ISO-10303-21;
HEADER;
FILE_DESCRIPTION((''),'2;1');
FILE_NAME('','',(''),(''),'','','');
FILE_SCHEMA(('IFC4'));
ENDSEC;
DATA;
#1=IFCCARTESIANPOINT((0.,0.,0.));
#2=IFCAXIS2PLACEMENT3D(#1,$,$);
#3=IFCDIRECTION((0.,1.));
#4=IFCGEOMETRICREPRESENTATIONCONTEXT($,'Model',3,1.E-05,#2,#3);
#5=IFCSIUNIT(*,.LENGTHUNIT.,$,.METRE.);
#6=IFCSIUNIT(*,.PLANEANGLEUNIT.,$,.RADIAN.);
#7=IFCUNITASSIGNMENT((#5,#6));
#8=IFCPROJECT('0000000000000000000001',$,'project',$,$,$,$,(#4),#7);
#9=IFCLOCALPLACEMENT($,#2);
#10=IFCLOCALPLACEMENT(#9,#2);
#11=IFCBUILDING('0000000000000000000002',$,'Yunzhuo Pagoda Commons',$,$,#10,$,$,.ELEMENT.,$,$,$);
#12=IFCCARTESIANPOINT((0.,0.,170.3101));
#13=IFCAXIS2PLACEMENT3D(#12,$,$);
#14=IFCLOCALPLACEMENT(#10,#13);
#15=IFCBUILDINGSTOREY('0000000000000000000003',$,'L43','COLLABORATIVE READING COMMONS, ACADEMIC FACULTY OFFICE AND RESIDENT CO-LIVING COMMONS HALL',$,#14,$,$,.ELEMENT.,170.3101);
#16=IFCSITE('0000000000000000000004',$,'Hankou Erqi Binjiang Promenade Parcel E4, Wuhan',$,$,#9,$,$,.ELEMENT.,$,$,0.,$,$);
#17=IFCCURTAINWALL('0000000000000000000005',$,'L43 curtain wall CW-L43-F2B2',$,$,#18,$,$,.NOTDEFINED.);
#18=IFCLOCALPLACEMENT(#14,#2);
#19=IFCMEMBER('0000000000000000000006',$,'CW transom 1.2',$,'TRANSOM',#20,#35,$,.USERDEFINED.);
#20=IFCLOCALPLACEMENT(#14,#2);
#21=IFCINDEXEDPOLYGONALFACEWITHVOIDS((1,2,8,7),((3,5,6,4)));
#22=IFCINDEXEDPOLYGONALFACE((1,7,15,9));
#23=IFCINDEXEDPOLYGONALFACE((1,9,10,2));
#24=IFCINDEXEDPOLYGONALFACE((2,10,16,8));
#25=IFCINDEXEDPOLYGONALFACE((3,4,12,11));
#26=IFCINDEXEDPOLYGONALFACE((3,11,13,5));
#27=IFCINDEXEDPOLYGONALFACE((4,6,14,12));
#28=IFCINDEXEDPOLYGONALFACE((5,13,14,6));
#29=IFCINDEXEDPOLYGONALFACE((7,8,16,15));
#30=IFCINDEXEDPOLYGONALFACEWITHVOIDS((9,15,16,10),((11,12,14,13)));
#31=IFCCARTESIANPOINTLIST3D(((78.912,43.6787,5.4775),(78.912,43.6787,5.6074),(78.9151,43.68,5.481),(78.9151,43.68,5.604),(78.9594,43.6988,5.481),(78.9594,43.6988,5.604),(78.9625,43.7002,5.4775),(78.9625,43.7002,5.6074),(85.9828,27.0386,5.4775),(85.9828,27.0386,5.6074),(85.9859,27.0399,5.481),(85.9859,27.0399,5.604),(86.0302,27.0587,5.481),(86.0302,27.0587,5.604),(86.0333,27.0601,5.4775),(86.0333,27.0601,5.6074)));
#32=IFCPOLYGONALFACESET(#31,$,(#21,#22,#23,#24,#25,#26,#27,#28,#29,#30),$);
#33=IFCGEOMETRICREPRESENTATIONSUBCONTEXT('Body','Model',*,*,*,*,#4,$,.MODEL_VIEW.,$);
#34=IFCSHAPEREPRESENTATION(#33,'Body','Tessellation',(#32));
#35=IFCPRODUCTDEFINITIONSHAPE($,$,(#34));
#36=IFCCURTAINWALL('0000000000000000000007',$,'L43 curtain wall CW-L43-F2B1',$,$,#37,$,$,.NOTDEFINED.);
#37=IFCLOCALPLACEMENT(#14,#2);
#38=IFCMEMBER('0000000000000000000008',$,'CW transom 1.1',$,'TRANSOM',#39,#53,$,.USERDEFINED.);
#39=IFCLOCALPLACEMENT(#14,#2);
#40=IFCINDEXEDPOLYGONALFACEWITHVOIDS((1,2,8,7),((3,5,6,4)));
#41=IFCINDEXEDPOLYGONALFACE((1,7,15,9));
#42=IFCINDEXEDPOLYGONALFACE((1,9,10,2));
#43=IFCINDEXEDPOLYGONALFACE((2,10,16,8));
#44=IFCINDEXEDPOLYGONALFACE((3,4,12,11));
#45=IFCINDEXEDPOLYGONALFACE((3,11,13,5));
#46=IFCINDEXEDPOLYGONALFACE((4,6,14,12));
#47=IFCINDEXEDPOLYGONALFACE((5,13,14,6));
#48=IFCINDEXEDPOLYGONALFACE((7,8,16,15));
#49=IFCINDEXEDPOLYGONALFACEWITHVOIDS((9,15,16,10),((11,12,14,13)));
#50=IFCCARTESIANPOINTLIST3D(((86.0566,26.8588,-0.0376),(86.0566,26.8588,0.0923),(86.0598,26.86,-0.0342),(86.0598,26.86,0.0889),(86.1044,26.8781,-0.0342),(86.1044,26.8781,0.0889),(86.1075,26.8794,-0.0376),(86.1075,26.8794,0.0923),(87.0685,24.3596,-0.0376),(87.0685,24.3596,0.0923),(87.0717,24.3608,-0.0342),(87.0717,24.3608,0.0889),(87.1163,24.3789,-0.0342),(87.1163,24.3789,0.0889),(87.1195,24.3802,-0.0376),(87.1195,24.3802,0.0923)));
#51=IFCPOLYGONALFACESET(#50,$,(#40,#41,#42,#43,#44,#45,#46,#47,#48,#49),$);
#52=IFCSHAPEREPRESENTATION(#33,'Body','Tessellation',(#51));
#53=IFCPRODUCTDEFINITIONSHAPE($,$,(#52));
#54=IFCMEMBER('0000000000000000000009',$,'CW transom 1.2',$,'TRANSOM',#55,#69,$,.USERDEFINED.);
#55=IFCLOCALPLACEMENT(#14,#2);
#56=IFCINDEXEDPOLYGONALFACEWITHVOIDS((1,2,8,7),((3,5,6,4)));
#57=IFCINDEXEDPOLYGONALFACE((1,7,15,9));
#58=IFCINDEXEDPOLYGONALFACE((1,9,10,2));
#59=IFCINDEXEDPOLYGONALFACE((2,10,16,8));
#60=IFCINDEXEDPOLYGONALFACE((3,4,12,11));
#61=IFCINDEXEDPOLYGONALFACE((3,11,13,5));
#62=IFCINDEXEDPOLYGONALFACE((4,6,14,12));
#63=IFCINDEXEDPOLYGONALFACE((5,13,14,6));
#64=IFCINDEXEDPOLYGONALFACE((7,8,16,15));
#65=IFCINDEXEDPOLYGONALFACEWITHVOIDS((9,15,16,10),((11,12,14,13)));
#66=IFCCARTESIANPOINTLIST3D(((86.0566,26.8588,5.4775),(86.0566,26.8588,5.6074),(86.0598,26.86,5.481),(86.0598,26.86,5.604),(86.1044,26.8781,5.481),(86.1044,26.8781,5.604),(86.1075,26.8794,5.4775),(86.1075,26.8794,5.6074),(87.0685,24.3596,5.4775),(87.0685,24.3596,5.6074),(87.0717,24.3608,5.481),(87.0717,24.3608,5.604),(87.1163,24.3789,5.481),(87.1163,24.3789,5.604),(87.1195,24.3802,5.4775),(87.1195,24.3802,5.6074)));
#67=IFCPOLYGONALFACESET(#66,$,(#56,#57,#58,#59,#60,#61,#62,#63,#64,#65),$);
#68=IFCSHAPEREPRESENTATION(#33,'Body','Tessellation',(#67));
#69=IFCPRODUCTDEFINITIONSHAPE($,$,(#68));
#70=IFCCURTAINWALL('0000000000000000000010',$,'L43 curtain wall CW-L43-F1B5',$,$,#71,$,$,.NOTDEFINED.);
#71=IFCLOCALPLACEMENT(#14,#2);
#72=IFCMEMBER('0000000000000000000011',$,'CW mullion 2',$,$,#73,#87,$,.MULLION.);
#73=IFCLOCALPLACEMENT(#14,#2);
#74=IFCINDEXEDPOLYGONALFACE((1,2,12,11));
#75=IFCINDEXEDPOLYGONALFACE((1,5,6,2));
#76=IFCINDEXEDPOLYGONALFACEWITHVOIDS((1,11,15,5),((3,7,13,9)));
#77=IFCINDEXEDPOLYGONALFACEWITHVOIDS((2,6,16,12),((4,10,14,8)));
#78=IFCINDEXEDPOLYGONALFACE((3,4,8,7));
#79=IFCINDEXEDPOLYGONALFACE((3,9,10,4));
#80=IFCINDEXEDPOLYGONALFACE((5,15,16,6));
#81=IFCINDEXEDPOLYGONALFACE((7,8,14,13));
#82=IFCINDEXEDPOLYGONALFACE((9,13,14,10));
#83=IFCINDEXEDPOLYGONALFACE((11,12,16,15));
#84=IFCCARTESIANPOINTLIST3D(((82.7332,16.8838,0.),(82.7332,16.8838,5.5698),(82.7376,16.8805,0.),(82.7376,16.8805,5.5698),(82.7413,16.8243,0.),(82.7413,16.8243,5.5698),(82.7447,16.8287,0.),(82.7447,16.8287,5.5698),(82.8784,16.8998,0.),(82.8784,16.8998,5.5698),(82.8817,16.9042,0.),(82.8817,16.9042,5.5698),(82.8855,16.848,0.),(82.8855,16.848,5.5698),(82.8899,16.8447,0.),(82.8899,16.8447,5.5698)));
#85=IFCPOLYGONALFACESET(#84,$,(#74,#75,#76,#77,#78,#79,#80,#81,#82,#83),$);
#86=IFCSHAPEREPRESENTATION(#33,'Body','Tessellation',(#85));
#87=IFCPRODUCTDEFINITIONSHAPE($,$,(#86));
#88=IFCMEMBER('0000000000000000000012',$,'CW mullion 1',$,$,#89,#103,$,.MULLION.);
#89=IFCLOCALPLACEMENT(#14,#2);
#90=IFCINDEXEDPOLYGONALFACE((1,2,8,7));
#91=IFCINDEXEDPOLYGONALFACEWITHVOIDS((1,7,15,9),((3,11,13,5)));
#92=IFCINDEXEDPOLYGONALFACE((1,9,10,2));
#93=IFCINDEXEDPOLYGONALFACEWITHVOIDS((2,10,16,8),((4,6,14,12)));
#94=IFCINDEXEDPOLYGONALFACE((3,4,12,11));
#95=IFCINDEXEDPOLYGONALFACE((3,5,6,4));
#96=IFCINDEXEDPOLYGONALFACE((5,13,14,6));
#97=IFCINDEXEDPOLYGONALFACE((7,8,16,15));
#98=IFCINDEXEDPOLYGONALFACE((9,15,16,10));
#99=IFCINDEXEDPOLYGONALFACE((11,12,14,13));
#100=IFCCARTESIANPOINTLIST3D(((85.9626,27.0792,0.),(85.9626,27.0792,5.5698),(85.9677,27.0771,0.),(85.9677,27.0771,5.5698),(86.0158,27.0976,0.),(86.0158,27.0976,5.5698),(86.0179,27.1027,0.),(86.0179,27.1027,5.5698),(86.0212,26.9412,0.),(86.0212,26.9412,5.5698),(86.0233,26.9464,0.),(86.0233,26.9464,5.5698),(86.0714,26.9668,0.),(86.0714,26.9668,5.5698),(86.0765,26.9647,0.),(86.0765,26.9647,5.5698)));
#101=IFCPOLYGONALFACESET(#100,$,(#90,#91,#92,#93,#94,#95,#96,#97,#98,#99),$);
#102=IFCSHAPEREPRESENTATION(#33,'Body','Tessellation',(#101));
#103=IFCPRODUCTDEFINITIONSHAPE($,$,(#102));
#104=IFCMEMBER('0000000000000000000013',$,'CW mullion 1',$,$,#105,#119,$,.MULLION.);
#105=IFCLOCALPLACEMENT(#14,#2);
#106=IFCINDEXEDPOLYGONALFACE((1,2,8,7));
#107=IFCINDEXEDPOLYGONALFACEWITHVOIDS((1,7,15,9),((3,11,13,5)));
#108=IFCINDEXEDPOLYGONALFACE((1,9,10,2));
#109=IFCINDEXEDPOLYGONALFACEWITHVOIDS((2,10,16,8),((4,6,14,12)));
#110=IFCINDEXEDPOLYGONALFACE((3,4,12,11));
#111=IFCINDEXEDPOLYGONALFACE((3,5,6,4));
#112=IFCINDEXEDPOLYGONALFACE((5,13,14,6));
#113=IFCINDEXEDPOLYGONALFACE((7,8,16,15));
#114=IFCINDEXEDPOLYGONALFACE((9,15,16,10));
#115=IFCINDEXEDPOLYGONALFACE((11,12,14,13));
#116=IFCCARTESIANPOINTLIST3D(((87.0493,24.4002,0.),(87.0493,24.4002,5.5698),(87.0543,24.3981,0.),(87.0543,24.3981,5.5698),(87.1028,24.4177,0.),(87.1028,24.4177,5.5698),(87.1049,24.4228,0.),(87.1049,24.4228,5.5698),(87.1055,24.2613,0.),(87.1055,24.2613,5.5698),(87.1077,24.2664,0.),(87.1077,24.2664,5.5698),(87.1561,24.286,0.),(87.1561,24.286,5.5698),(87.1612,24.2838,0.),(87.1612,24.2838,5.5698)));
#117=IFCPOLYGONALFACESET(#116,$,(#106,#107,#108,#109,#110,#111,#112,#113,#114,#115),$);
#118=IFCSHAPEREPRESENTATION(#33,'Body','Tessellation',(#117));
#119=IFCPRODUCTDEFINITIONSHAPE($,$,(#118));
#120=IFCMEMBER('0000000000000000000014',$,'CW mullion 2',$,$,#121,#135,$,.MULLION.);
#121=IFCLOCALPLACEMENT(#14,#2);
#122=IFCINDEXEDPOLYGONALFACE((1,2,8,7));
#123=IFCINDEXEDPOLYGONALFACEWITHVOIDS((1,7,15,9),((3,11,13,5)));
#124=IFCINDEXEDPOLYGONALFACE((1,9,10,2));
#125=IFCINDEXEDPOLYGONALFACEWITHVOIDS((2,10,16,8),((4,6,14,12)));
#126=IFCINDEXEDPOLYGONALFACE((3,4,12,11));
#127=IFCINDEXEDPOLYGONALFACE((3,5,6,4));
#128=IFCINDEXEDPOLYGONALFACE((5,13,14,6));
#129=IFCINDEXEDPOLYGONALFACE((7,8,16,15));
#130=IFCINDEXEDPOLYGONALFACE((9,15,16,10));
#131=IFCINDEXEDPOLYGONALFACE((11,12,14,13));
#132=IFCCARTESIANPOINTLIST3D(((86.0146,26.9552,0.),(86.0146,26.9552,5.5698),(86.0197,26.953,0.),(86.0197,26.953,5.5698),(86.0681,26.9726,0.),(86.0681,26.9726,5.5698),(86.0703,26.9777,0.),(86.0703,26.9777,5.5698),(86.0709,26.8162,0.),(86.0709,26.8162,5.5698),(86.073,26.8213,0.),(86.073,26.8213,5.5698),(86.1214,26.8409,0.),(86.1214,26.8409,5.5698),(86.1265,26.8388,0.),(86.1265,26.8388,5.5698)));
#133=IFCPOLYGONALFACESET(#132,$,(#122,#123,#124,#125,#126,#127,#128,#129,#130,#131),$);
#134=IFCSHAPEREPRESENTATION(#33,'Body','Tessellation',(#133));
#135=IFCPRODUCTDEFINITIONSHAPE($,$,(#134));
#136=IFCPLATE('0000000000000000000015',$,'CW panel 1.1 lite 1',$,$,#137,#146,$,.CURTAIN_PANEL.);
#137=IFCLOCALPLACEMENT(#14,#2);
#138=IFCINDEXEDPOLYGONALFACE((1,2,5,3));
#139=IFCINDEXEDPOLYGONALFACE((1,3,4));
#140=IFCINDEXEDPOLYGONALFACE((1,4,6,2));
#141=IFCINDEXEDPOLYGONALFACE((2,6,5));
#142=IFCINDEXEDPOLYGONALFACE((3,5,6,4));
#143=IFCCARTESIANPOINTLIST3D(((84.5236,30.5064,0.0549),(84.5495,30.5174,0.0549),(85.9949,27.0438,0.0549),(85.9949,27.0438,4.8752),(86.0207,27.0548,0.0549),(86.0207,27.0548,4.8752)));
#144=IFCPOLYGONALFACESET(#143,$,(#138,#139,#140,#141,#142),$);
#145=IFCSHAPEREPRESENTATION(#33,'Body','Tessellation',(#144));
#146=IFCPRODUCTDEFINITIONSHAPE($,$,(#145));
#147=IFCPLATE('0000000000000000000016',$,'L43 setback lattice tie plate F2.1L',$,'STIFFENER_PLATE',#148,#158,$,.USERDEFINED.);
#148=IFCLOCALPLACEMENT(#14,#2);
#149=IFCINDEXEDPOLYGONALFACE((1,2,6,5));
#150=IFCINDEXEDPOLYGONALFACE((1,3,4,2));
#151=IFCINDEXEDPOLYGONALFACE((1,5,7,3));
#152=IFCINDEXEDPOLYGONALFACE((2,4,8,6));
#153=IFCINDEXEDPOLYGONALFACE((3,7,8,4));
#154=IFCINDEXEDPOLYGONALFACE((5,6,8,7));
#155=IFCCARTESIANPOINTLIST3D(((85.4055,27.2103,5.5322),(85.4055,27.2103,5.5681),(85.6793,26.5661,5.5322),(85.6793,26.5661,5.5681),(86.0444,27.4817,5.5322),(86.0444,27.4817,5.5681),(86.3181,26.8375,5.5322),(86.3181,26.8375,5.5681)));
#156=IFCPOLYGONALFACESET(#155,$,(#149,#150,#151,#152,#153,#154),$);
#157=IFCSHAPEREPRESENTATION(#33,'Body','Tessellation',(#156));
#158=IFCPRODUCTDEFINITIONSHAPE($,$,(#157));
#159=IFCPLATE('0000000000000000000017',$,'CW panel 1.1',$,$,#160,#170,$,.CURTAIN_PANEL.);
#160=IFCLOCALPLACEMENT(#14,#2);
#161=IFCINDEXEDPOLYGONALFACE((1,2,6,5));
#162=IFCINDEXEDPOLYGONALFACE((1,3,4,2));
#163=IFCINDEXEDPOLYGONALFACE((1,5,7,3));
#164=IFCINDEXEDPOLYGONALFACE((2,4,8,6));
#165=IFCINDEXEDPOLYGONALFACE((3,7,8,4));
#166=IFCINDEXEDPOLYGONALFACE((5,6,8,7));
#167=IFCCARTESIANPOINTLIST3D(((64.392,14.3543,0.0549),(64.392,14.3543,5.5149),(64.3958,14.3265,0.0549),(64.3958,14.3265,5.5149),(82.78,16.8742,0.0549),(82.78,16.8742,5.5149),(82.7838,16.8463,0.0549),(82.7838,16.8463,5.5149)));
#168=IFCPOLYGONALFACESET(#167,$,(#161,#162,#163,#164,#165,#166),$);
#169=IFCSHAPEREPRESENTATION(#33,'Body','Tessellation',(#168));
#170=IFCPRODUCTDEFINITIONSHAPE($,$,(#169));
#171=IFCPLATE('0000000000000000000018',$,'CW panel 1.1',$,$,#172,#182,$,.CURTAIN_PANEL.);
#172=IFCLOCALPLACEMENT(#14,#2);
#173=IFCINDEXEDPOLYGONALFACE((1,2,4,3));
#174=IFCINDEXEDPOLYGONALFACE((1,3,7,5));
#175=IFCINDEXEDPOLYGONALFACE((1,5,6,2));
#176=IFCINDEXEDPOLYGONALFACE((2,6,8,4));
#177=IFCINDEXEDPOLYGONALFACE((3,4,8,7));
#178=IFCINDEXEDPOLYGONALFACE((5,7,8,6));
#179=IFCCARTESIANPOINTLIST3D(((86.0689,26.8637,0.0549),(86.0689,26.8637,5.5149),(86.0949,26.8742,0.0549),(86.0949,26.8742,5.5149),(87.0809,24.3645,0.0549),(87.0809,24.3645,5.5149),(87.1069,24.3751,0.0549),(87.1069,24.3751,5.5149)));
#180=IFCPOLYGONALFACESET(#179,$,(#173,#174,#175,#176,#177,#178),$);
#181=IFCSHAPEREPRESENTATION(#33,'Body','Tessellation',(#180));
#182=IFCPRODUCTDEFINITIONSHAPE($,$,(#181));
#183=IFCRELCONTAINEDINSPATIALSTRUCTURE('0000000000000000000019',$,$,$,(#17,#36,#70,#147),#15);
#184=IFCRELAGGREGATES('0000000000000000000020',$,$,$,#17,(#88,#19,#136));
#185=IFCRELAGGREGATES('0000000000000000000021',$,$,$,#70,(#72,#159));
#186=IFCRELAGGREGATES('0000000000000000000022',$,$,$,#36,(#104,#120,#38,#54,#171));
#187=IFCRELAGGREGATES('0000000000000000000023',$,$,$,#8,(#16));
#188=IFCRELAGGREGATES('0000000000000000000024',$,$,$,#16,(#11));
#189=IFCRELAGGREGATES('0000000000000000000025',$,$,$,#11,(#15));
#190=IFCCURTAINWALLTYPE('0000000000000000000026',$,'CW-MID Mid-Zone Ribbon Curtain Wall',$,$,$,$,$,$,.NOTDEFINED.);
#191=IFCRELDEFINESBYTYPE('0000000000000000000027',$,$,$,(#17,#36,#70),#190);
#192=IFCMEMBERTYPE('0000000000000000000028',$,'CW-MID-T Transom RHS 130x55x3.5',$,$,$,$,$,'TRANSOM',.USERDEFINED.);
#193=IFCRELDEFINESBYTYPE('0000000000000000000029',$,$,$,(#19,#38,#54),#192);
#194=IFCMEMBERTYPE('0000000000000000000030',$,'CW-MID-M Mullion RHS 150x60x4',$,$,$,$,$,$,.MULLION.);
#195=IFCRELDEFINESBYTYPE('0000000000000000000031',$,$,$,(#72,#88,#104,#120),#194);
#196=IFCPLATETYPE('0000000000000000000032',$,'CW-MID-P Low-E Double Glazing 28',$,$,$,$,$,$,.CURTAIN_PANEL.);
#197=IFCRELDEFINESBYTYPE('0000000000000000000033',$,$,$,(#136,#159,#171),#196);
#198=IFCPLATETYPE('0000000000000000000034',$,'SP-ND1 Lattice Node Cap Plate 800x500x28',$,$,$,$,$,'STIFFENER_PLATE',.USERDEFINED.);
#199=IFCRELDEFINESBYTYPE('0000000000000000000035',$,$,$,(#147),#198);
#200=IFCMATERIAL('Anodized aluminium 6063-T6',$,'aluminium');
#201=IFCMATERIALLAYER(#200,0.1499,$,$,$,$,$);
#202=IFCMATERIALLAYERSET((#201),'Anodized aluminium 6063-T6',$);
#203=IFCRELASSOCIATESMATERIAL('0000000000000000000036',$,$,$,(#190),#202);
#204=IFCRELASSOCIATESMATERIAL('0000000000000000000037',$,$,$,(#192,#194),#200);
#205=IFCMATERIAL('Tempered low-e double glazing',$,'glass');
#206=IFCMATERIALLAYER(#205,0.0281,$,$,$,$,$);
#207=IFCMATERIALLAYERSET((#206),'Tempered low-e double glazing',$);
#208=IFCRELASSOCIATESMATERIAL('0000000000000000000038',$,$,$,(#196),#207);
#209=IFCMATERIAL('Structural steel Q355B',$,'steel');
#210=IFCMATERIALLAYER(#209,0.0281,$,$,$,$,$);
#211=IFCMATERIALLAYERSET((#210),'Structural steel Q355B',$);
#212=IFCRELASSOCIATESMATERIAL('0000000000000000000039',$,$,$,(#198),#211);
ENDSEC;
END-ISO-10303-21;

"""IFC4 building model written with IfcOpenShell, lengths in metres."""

from ifc_helpers import new_model, si_unit, direction, frame, origin, origin_2d, place, context, subcontext, project, spatial, polyline, rectangle, hollow_rectangle, outline, extrude, source, transform, mapped, material, layer, layer_set, material_profile, profile_set, type_object, element, aggregate, save


model = new_model("IFC4")

# Units and contexts
model_context = context("Model", 3, precision=1e-05, world=origin(), true_north=direction((0.0, 1.0)))
body_context = subcontext(model_context, "Body", "Model", "MODEL_VIEW")
ifc_project = project(units=[si_unit("LENGTHUNIT", "METRE"), si_unit("PLANEANGLEUNIT", "RADIAN")], contexts=[model_context])

# Site, building, storey
site_placement = place(None, origin())
site = spatial("IfcSite", under=ifc_project, at=site_placement, Name="Hankou Erqi Binjiang Promenade Parcel E4, Wuhan", CompositionType="ELEMENT", RefElevation=0.0)
building_placement = place(site_placement, origin())
building = spatial("IfcBuilding", under=site, at=building_placement, Name="Yunzhuo Pagoda Commons", CompositionType="ELEMENT")
storey_placement = place(building_placement, frame((0.0, 0.0, 170.3101)))
storey = spatial("IfcBuildingStorey", under=building, at=storey_placement, Name="L43", Description="COLLABORATIVE READING COMMONS, ACADEMIC FACULTY OFFICE AND RESIDENT CO-LIVING COMMONS HALL", CompositionType="ELEMENT", Elevation=170.3101)

# Shared definitions
ifc_material_1 = material(Name="Structural steel Q355B", Category="steel")

# Curtain walls, members
ifc_material_2 = material(Name="Anodized aluminium 6063-T6", Category="aluminium")
ifc_layer_1 = layer(ifc_material_2, 0.1499)
ifc_layer_set_1 = layer_set([ifc_layer_1], Name="Anodized aluminium 6063-T6")
curtain_wall_type = type_object("IfcCurtainWallType", Name="CW-MID Mid-Zone Ribbon Curtain Wall", PredefinedType="NOTDEFINED", material=ifc_layer_set_1)
curtain_wall_1_placement = place(storey_placement, origin())
curtain_wall_1 = element("IfcCurtainWall", 1, at=curtain_wall_1_placement, inside=storey, type_object=curtain_wall_type, Name="L43 curtain wall CW-L43-F2B2", PredefinedType="NOTDEFINED")
ifc_material_profile_1 = material_profile(ifc_material_2, hollow_rectangle(XDim=0.0549, YDim=0.1299, WallThickness=0.0034, at=origin_2d()), Name="Anodized aluminium 6063-T6")
ifc_profile_set_1 = profile_set([ifc_material_profile_1], Name="Anodized aluminium 6063-T6")
member_type_1 = type_object("IfcMemberType", Name="CW-MID-T Transom RHS 130x55x3.5", ElementType="TRANSOM", PredefinedType="USERDEFINED", material=ifc_profile_set_1)
shared_shape_1 = source(origin(), body_context, "Body", "SweptSolid", [
    extrude(hollow_rectangle(XDim=0.0549, YDim=0.1299, WallThickness=0.0034, at=origin_2d()), origin(), (0.0, 0.0, 1.0), 18.0801),
])
member_1_placement = place(storey_placement, frame((86.0081, 27.0493, 5.5425), z_axis=(-0.391082, 0.920356, 0.0), x_axis=(-0.920356, -0.391082, 0.0)))
member_1 = element("IfcMember", 2, at=member_1_placement, type_object=member_type_1, Name="CW transom 1.2", ObjectType="TRANSOM", PredefinedType="USERDEFINED", context=body_context, shape_type="MappedRepresentation", body=[
    mapped(shared_shape_1, transform((0.0, 0.0, 0.0), scale=1.0)),
])
curtain_wall_2_placement = place(storey_placement, origin())
curtain_wall_2 = element("IfcCurtainWall", 3, at=curtain_wall_2_placement, inside=storey, type_object=curtain_wall_type, Name="L43 curtain wall CW-L43-F2B1", PredefinedType="NOTDEFINED")
shared_shape_2 = source(origin(), body_context, "Body", "SweptSolid", [
    extrude(hollow_rectangle(XDim=0.0549, YDim=0.1299, WallThickness=0.0034, at=origin_2d()), origin(), (0.0, 0.0, 1.0), 2.6963),
])
member_2_placement = place(storey_placement, frame((87.094, 24.3699, 0.0273), z_axis=(-0.375306, 0.926901, 0.0), x_axis=(-0.926901, -0.375306, 0.0)))
member_2 = element("IfcMember", 4, at=member_2_placement, type_object=member_type_1, Name="CW transom 1.1", ObjectType="TRANSOM", PredefinedType="USERDEFINED", context=body_context, shape_type="MappedRepresentation", body=[
    mapped(shared_shape_2, transform((0.0, 0.0, 0.0), scale=1.0)),
])
member_3_placement = place(storey_placement, frame((87.094, 24.3699, 5.5425), z_axis=(-0.375306, 0.926901, 0.0), x_axis=(-0.926901, -0.375306, 0.0)))
member_3 = element("IfcMember", 5, at=member_3_placement, type_object=member_type_1, Name="CW transom 1.2", ObjectType="TRANSOM", PredefinedType="USERDEFINED", context=body_context, shape_type="MappedRepresentation", body=[
    mapped(shared_shape_2, transform((0.0, 0.0, 0.0), scale=1.0)),
])

# Curtain wall, member
curtain_wall_3_placement = place(storey_placement, origin())
curtain_wall_3 = element("IfcCurtainWall", 6, at=curtain_wall_3_placement, inside=storey, type_object=curtain_wall_type, Name="L43 curtain wall CW-L43-F1B5", PredefinedType="NOTDEFINED")
ifc_material_profile_2 = material_profile(ifc_material_2, hollow_rectangle(XDim=0.0601, YDim=0.1499, WallThickness=0.0039, at=origin_2d()), Name="Anodized aluminium 6063-T6")
ifc_profile_set_2 = profile_set([ifc_material_profile_2], Name="Anodized aluminium 6063-T6")
member_type_2 = type_object("IfcMemberType", Name="CW-MID-M Mullion RHS 150x60x4", PredefinedType="MULLION", material=ifc_profile_set_2)
shared_shape_3 = source(origin(), body_context, "Body", "SweptSolid", [
    extrude(hollow_rectangle(XDim=0.0601, YDim=0.1499, WallThickness=0.0039, at=origin_2d()), origin(), (0.0, 0.0, 1.0), 5.5698),
])
member_4_placement = place(storey_placement, frame((82.8115, 16.8643, 0.0), z_axis=(0.0, 0.0, 1.0), x_axis=(-0.135767, 0.990741, 0.0)))
member_4 = element("IfcMember", 7, at=member_4_placement, type_object=member_type_2, Name="CW mullion 2", PredefinedType="MULLION", context=body_context, shape_type="MappedRepresentation", body=[
    mapped(shared_shape_3, transform((0.0, 0.0, 0.0), scale=1.0)),
])

# Members
member_5_placement = place(storey_placement, frame((86.0195, 27.022, 0.0), z_axis=(0.0, 0.0, 1.0), x_axis=(-0.920364, -0.391063, 0.0)))
member_5 = element("IfcMember", 8, at=member_5_placement, type_object=member_type_2, Name="CW mullion 1", PredefinedType="MULLION", context=body_context, shape_type="MappedRepresentation", body=[
    mapped(shared_shape_3, transform((0.0, 0.0, 0.0), scale=1.0)),
])
member_6_placement = place(storey_placement, frame((87.1052, 24.342, 0.0), z_axis=(0.0, 0.0, 1.0), x_axis=(-0.926896, -0.375318, 0.0)))
member_6 = element("IfcMember", 9, at=member_6_placement, type_object=member_type_2, Name="CW mullion 1", PredefinedType="MULLION", context=body_context, shape_type="MappedRepresentation", body=[
    mapped(shared_shape_3, transform((0.0, 0.0, 0.0), scale=1.0)),
])
member_7_placement = place(storey_placement, frame((86.0706, 26.897, 0.0), z_axis=(0.0, 0.0, 1.0), x_axis=(-0.926896, -0.375318, 0.0)))
member_7 = element("IfcMember", 10, at=member_7_placement, type_object=member_type_2, Name="CW mullion 2", PredefinedType="MULLION", context=body_context, shape_type="MappedRepresentation", body=[
    mapped(shared_shape_3, transform((0.0, 0.0, 0.0), scale=1.0)),
])

# Plates
ifc_material_3 = material(Name="Tempered low-e double glazing", Category="glass")
ifc_layer_2 = layer(ifc_material_3, 0.0281)
ifc_layer_set_2 = layer_set([ifc_layer_2], Name="Tempered low-e double glazing")
plate_type_1 = type_object("IfcPlateType", Name="CW-MID-P Low-E Double Glazing 28", PredefinedType="CURTAIN_PANEL", material=ifc_layer_set_2)
plate_1_placement = place(storey_placement, frame((85.2593, 28.7751, 2.4651), z_axis=(0.920364, 0.391063, 0.0), x_axis=(-0.391063, 0.920364, 0.0)))
plate_1 = element("IfcPlate", 11, at=plate_1_placement, type_object=plate_type_1, Name="CW panel 1.1 lite 1", PredefinedType="CURTAIN_PANEL", context=body_context, shape_type="SweptSolid", body=[
    extrude(outline(polyline([(-1.8811, -2.4102), (1.8811, -2.4102), (-1.8811, 2.4102), (-1.8811, -2.4102)])), origin(), (0.0, 0.0, 1.0), 0.0281),
])
aggregate(curtain_wall_1, [member_5, member_1, plate_1])
ifc_layer_3 = layer(ifc_material_1, 0.0281)
ifc_layer_set_3 = layer_set([ifc_layer_3], Name="Structural steel Q355B")
plate_type_2 = type_object("IfcPlateType", Name="SP-ND1 Lattice Node Cap Plate 800x500x28", ElementType="STIFFENER_PLATE", PredefinedType="USERDEFINED", material=ifc_layer_set_3)
shared_shape_4 = source(origin(), body_context, "Body", "SweptSolid", [
    extrude(rectangle(XDim=0.7, YDim=0.6941, at=origin_2d()), origin(), (0.0, 0.0, 1.0), 0.0359),
])
plate_2_placement = place(storey_placement, frame((85.8618, 27.0239, 5.5322), z_axis=(0.0, 0.0, 1.0), x_axis=(-0.391068, 0.920362, 0.0)))
element("IfcPlate", 12, at=plate_2_placement, inside=storey, type_object=plate_type_2, Name="L43 setback lattice tie plate F2.1L", ObjectType="STIFFENER_PLATE", PredefinedType="USERDEFINED", context=body_context, shape_type="MappedRepresentation", body=[
    mapped(shared_shape_4, transform((0.0, 0.0, 0.0), scale=1.0)),
])
shared_shape_5 = source(origin(), body_context, "Body", "SweptSolid", [
    extrude(rectangle(XDim=18.5598, YDim=0.0281, at=origin_2d()), origin(), (0.0, 0.0, 1.0), 5.46),
])
plate_3_placement = place(storey_placement, frame((73.5879, 15.6003, 0.0549), z_axis=(0.0, 0.0, 1.0), x_axis=(0.990741, 0.135767, 0.0)))
plate_3 = element("IfcPlate", 13, at=plate_3_placement, type_object=plate_type_1, Name="CW panel 1.1", PredefinedType="CURTAIN_PANEL", context=body_context, shape_type="MappedRepresentation", body=[
    mapped(shared_shape_5, transform((0.0, 0.0, 0.0), scale=1.0)),
])
aggregate(curtain_wall_3, [member_4, plate_3])
shared_shape_6 = source(origin(), body_context, "Body", "SweptSolid", [
    extrude(rectangle(XDim=2.6963, YDim=0.0281, at=origin_2d()), origin(), (0.0, 0.0, 1.0), 5.46),
])
plate_4_placement = place(storey_placement, frame((86.5879, 25.6194, 0.0549), z_axis=(0.0, 0.0, 1.0), x_axis=(-0.375318, 0.926896, 0.0)))
plate_4 = element("IfcPlate", 14, at=plate_4_placement, type_object=plate_type_1, Name="CW panel 1.1", PredefinedType="CURTAIN_PANEL", context=body_context, shape_type="MappedRepresentation", body=[
    mapped(shared_shape_6, transform((0.0, 0.0, 0.0), scale=1.0)),
])
aggregate(curtain_wall_2, [member_6, member_7, member_2, member_3, plate_4])

save(model, "model.ifc")
